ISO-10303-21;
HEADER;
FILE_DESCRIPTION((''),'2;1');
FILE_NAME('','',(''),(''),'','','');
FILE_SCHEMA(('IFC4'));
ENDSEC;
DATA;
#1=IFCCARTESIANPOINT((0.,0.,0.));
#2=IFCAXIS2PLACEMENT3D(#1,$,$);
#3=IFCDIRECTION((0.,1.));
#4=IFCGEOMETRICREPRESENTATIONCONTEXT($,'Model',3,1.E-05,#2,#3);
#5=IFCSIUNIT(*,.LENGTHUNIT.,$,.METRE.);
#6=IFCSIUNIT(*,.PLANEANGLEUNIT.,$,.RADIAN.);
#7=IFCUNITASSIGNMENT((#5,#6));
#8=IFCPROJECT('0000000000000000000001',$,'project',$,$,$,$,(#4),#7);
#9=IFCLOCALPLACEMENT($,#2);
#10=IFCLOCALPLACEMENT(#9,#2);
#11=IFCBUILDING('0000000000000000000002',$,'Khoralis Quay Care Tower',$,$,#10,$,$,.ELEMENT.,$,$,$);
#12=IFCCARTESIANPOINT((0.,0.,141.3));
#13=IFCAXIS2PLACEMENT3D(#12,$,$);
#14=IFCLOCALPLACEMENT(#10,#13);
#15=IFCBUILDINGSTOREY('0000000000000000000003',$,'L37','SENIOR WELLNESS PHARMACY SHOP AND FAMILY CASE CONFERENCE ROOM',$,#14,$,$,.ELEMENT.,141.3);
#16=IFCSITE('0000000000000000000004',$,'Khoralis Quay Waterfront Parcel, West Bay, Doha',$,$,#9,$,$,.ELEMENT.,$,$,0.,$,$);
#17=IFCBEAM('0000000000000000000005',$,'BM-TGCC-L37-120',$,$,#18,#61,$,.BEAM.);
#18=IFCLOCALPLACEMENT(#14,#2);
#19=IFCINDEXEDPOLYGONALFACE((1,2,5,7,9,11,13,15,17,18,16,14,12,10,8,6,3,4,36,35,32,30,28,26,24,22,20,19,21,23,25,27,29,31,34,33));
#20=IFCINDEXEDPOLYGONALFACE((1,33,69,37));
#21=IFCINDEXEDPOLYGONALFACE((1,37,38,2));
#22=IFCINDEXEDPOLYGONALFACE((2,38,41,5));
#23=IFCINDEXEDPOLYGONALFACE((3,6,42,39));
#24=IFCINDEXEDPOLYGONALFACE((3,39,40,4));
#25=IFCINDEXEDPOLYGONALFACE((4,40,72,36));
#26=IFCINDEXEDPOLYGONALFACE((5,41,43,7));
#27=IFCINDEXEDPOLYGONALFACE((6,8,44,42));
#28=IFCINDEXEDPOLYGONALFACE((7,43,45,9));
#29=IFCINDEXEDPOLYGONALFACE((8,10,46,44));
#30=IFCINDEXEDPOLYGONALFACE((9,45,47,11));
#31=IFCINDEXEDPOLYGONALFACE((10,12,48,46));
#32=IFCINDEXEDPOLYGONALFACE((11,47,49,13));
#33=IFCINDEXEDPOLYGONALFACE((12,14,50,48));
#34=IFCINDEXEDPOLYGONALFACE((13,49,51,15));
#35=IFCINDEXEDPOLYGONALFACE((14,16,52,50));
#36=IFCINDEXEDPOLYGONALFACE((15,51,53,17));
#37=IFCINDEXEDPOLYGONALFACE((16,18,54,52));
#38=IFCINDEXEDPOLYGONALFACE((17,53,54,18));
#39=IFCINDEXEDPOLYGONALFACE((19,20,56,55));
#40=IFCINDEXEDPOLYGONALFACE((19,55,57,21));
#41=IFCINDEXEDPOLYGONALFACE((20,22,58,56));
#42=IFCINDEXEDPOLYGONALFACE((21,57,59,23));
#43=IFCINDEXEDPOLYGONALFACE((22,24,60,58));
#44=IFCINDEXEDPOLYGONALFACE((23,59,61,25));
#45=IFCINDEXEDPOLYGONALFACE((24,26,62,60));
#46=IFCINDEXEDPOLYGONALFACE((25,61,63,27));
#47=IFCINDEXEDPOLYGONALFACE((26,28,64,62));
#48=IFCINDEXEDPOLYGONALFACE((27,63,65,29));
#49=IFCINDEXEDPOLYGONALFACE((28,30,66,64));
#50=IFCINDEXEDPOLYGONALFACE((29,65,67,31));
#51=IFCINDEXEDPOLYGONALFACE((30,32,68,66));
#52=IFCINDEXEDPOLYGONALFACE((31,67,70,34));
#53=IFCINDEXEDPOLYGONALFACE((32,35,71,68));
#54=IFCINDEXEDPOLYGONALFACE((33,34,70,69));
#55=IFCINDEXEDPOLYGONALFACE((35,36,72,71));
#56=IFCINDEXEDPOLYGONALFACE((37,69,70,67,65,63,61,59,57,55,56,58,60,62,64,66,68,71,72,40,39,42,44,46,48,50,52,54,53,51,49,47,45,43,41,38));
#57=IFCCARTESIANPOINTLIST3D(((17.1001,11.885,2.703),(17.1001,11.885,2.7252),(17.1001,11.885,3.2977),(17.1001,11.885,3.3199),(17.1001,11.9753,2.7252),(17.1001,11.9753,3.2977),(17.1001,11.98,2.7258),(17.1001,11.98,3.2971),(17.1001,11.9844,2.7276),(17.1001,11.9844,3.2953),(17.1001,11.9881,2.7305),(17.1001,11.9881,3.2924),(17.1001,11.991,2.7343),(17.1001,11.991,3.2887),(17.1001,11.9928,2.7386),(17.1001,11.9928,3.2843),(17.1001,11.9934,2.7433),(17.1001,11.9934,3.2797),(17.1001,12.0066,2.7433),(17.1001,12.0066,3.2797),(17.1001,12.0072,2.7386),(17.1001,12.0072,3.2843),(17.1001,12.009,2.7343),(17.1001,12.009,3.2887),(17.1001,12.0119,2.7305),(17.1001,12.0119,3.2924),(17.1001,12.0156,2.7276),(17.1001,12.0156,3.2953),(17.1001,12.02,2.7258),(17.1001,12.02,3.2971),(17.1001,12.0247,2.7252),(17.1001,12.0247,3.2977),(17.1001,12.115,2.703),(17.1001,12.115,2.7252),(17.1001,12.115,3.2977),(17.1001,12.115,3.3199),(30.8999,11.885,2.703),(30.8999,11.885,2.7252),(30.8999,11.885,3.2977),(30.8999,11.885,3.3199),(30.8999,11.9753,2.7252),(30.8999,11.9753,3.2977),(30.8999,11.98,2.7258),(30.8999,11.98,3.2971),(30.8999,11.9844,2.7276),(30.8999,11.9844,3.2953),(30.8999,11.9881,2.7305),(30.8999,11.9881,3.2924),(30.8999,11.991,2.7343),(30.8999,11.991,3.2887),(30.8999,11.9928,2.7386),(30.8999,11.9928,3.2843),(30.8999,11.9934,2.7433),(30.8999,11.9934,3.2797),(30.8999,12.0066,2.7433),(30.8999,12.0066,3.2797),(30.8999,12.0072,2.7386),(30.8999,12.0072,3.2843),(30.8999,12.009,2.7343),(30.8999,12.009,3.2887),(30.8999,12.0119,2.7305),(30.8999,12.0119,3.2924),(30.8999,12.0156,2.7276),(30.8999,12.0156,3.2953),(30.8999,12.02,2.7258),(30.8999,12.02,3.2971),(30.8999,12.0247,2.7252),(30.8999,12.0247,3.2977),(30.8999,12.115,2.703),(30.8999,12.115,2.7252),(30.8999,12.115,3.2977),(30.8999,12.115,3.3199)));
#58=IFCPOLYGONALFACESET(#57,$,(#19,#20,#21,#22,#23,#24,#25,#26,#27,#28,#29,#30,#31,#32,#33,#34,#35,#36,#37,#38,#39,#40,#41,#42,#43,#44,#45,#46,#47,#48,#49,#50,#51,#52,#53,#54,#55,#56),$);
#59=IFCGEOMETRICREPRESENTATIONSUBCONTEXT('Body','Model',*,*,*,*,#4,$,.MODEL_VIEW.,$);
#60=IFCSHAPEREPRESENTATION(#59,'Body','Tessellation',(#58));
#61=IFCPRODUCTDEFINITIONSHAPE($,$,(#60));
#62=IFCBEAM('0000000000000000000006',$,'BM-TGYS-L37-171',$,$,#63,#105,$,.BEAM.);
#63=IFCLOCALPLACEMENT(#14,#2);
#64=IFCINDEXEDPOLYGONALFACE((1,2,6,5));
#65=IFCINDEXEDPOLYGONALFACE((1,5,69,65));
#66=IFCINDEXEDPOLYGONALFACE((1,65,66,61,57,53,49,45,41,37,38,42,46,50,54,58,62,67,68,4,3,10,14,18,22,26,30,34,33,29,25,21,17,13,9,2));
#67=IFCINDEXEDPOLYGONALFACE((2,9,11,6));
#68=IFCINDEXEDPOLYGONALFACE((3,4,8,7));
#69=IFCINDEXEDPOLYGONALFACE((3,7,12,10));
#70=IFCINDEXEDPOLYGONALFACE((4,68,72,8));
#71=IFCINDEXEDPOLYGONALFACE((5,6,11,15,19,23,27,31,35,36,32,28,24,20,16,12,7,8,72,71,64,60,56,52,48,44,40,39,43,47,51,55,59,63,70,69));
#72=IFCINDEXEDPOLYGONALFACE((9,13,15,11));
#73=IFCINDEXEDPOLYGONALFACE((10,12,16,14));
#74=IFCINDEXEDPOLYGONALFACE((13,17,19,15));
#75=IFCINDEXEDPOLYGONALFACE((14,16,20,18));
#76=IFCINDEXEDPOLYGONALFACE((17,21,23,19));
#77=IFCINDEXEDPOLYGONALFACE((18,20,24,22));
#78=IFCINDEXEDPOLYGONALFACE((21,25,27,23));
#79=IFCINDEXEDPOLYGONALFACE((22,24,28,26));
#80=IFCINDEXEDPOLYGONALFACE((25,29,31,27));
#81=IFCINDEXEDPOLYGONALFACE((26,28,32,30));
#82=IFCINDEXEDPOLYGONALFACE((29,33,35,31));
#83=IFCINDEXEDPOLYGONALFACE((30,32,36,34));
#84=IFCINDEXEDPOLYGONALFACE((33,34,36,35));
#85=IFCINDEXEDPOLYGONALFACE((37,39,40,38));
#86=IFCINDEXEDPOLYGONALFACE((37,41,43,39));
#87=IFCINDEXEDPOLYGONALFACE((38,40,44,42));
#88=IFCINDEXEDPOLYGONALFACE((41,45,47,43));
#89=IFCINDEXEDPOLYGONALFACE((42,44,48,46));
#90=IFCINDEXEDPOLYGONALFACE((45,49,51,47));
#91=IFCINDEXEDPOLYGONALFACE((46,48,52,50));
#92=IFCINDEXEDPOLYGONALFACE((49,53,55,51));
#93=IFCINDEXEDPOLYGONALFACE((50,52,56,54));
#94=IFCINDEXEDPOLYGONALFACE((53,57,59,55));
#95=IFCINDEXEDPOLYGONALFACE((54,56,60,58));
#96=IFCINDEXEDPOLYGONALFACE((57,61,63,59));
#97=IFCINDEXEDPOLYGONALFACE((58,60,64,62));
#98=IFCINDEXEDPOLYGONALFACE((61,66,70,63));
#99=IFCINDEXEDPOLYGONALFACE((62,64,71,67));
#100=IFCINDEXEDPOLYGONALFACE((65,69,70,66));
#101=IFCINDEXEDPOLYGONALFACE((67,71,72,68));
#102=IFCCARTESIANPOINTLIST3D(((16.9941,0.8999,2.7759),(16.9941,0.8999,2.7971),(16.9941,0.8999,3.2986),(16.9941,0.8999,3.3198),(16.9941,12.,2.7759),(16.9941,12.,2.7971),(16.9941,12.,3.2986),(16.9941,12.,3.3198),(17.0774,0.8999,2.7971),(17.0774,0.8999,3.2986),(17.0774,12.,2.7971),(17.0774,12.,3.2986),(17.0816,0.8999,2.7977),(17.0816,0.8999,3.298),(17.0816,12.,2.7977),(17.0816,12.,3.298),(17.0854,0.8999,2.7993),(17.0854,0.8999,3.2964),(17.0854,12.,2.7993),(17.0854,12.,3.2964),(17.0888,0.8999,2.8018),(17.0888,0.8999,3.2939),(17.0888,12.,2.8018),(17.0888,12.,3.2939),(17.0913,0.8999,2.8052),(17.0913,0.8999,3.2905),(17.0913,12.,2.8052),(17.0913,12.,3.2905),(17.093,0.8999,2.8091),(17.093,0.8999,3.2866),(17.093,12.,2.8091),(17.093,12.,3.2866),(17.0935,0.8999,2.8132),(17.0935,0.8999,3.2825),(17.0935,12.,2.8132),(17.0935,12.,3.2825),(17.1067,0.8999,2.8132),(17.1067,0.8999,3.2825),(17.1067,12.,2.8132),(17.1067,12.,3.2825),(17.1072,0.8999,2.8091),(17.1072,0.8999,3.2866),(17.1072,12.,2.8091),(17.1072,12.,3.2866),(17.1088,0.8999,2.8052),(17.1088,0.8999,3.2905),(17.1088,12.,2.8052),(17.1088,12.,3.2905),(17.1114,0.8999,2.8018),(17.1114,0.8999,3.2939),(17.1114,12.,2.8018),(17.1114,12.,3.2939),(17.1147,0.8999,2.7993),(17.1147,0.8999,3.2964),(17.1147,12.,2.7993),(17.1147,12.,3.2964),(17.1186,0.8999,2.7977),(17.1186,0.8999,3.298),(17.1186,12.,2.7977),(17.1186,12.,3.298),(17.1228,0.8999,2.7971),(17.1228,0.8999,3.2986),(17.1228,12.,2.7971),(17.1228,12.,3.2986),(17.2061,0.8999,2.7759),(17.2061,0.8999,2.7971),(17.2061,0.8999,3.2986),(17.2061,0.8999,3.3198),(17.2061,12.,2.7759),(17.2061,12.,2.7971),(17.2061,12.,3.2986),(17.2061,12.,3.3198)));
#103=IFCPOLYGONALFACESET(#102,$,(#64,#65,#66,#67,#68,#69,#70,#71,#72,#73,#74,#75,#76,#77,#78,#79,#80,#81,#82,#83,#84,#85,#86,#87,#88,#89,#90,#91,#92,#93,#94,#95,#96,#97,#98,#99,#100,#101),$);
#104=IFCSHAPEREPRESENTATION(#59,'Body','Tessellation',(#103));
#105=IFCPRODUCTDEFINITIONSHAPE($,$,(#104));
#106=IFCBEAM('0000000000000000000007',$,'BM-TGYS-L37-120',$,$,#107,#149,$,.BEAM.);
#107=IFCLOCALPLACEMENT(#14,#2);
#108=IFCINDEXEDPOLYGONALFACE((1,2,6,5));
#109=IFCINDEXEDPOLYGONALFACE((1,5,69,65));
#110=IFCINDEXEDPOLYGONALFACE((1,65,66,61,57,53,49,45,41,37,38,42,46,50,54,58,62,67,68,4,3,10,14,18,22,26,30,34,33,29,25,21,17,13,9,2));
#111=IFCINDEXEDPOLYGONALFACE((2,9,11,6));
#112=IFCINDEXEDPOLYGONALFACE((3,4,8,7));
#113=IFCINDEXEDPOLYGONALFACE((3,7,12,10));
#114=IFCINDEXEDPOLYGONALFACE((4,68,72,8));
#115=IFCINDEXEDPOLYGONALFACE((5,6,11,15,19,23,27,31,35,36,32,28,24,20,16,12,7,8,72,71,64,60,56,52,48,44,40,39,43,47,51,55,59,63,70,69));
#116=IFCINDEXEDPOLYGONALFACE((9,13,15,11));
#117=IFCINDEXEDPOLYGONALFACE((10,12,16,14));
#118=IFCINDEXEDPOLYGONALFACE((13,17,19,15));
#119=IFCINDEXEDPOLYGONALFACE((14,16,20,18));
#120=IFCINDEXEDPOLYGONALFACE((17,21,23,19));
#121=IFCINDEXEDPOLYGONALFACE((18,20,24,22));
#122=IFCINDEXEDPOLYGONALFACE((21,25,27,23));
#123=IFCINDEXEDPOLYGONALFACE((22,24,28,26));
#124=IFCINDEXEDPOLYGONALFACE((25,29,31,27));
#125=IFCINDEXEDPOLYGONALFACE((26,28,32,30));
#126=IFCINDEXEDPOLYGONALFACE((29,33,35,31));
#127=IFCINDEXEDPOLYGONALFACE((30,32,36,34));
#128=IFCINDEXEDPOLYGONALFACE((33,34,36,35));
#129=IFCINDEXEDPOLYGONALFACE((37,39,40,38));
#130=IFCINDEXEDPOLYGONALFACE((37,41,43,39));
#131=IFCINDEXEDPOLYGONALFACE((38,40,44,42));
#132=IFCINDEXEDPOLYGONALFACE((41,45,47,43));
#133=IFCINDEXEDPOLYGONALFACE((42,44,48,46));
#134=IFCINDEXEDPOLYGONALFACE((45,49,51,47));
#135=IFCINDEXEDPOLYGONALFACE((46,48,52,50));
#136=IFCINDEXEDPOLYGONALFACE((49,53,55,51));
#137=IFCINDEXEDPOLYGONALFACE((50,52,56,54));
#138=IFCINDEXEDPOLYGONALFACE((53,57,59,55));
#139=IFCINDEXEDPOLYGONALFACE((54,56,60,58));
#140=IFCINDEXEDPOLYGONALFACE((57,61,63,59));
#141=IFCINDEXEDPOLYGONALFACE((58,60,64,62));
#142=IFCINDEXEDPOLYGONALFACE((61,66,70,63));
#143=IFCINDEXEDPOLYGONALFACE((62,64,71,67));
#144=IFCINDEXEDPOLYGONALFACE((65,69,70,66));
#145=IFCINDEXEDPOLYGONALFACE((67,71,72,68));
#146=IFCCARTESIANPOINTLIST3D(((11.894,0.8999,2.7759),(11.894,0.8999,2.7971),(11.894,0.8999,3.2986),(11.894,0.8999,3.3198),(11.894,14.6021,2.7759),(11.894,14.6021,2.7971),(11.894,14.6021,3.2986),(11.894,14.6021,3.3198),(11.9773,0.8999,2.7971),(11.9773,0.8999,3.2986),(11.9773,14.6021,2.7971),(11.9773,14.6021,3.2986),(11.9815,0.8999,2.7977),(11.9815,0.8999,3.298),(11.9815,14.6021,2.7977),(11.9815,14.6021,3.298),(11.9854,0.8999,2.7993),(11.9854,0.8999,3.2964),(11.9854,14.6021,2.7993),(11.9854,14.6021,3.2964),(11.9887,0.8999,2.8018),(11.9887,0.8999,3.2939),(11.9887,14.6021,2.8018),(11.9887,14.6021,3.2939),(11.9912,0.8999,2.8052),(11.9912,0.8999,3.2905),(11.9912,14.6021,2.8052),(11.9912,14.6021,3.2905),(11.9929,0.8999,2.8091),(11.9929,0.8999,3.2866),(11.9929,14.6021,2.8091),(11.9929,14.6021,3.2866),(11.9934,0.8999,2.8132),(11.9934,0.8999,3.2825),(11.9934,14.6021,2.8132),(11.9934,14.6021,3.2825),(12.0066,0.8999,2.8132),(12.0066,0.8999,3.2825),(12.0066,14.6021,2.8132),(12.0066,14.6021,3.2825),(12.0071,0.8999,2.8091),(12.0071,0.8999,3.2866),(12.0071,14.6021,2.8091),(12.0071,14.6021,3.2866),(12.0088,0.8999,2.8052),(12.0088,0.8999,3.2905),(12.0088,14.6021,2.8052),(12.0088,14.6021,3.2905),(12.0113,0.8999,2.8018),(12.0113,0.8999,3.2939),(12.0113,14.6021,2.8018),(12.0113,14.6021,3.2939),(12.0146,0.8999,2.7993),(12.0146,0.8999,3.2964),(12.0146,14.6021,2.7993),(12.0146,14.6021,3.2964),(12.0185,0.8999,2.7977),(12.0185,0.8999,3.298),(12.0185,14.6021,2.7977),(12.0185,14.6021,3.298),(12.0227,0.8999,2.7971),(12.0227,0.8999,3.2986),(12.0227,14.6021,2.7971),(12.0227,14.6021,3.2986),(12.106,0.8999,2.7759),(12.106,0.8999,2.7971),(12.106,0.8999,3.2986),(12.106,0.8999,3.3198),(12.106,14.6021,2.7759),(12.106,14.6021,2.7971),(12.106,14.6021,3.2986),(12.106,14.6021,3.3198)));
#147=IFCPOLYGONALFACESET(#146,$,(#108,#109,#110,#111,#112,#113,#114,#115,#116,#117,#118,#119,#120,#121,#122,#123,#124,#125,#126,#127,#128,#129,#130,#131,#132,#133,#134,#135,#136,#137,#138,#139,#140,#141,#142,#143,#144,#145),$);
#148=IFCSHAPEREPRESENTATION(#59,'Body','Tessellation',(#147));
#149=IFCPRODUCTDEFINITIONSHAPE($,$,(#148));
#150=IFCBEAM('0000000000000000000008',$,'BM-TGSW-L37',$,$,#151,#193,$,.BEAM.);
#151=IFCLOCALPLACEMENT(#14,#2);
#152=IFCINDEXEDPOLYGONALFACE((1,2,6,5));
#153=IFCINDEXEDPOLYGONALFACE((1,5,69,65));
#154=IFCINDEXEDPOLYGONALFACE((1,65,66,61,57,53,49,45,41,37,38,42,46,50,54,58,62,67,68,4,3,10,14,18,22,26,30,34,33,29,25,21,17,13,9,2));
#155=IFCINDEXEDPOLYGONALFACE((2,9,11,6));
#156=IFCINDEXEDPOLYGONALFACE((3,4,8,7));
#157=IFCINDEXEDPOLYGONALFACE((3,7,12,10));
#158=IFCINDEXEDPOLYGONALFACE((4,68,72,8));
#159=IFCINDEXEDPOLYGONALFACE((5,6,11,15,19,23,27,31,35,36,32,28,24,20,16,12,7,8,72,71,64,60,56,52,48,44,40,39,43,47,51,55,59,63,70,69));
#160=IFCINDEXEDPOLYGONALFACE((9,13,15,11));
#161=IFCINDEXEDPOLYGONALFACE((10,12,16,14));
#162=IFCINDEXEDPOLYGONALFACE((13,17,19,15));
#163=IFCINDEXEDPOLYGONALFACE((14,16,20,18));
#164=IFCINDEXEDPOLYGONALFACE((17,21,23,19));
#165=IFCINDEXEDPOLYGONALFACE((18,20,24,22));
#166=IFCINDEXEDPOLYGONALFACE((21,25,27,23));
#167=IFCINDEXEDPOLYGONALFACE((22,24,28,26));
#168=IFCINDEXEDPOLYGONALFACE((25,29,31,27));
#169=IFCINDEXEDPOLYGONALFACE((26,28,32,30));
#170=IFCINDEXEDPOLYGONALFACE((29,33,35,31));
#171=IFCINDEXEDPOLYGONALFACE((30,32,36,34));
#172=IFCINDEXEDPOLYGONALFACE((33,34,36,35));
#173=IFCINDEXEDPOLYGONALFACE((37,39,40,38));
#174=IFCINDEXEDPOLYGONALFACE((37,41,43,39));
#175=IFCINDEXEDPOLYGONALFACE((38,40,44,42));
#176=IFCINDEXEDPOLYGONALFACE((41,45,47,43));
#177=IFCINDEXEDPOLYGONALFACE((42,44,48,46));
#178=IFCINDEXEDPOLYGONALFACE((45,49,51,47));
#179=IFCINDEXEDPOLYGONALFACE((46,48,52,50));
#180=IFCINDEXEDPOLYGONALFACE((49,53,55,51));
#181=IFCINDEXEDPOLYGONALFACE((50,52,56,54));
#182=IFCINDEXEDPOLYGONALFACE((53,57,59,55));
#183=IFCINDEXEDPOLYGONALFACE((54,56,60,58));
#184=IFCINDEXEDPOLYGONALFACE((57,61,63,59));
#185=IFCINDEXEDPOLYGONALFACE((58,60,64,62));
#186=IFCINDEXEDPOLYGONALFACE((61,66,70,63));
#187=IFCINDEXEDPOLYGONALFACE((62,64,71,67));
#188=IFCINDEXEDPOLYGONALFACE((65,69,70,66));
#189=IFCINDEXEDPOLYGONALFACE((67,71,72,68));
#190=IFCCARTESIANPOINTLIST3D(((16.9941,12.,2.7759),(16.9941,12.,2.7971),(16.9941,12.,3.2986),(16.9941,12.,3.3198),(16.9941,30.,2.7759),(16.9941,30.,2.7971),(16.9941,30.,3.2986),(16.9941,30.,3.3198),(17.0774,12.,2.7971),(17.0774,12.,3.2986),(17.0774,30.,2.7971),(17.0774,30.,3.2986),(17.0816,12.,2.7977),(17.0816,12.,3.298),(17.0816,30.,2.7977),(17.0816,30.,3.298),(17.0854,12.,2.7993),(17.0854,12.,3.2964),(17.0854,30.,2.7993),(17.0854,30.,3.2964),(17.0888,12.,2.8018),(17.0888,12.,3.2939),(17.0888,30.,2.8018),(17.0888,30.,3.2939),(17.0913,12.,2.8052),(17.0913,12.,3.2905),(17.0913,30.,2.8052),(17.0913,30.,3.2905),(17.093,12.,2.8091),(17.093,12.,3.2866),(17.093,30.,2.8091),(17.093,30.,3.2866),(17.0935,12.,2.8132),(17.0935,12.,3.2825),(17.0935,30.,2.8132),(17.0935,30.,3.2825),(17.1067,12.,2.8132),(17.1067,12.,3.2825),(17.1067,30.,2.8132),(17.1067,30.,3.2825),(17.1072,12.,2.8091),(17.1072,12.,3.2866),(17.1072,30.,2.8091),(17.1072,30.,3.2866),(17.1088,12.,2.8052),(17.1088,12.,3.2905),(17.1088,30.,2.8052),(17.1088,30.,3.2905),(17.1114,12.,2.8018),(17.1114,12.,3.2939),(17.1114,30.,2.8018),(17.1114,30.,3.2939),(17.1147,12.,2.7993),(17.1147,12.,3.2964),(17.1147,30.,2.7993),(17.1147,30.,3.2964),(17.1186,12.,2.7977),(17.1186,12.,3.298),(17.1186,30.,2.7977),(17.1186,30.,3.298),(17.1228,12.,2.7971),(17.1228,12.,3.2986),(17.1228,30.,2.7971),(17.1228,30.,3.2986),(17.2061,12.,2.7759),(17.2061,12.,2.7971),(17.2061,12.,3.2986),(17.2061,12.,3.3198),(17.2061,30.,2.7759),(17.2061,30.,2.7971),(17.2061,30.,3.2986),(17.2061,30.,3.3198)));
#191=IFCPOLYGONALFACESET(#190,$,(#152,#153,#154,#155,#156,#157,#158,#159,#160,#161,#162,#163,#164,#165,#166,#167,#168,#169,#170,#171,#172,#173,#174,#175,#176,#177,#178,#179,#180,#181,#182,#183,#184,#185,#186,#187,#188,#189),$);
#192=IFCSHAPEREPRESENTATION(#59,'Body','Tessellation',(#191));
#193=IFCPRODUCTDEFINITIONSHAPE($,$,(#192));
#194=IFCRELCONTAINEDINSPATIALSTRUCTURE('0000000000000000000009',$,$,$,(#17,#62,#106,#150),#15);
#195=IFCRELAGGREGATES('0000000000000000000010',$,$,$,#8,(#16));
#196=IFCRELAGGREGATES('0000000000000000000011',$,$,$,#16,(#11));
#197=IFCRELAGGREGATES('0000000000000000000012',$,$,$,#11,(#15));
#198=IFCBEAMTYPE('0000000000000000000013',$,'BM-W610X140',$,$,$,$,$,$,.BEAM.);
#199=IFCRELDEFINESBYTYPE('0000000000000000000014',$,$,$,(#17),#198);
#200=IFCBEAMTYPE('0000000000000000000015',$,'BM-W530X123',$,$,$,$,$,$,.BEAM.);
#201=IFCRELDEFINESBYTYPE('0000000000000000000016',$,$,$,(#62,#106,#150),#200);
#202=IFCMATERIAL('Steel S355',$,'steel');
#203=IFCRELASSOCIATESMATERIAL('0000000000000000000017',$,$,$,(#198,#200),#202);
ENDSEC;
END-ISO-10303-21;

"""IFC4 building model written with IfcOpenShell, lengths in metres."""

from ifc_helpers import new_model, si_unit, direction, frame, origin, origin_2d, place, context, subcontext, project, spatial, i_section, extrude, source, transform, mapped, material, material_profile, profile_set, type_object, element, save


model = new_model("IFC4")

# Units and contexts
model_context = context("Model", 3, precision=1e-05, world=origin(), true_north=direction((0.0, 1.0)))
body_context = subcontext(model_context, "Body", "Model", "MODEL_VIEW")
ifc_project = project(units=[si_unit("LENGTHUNIT", "METRE"), si_unit("PLANEANGLEUNIT", "RADIAN")], contexts=[model_context])

# Site, building, storey
site_placement = place(None, origin())
site = spatial("IfcSite", under=ifc_project, at=site_placement, Name="Khoralis Quay Waterfront Parcel, West Bay, Doha", CompositionType="ELEMENT", RefElevation=0.0)
building_placement = place(site_placement, origin())
building = spatial("IfcBuilding", under=site, at=building_placement, Name="Khoralis Quay Care Tower", CompositionType="ELEMENT")
storey_placement = place(building_placement, frame((0.0, 0.0, 141.3)))
storey = spatial("IfcBuildingStorey", under=building, at=storey_placement, Name="L37", Description="SENIOR WELLNESS PHARMACY SHOP AND FAMILY CASE CONFERENCE ROOM", CompositionType="ELEMENT", Elevation=141.3)

# Beams
ifc_material_1 = material(Name="Steel S355", Category="steel")
ifc_material_profile_1 = material_profile(ifc_material_1, i_section(OverallWidth=0.23, OverallDepth=0.6169, WebThickness=0.0132, FlangeThickness=0.0222, FilletRadius=0.0181, at=origin_2d()), Name="Steel S355")
ifc_profile_set_1 = profile_set([ifc_material_profile_1], Name="Steel S355")
beam_type_1 = type_object("IfcBeamType", Name="BM-W610X140", PredefinedType="BEAM", material=ifc_profile_set_1)
shared_shape_1 = source(origin(), body_context, "Body", "SweptSolid", [
    extrude(i_section(OverallWidth=0.23, OverallDepth=0.6169, WebThickness=0.0132, FlangeThickness=0.0222, FilletRadius=0.0181, at=origin_2d()), origin(), (0.0, 0.0, 1.0), 13.7998),
])
beam_1_placement = place(storey_placement, frame((17.1001, 12.0, 3.0115), z_axis=(1.0, 0.0, 0.0), x_axis=(0.0, 1.0, 0.0)))
element("IfcBeam", 1, at=beam_1_placement, inside=storey, type_object=beam_type_1, Name="BM-TGCC-L37-120", PredefinedType="BEAM", context=body_context, shape_type="MappedRepresentation", body=[
    mapped(shared_shape_1, transform((0.0, 0.0, 0.0), scale=1.0)),
])
ifc_material_profile_2 = material_profile(ifc_material_1, i_section(OverallWidth=0.2119, OverallDepth=0.5439, WebThickness=0.0132, FlangeThickness=0.0212, FilletRadius=0.0161, at=origin_2d()), Name="Steel S355")
ifc_profile_set_2 = profile_set([ifc_material_profile_2], Name="Steel S355")
beam_type_2 = type_object("IfcBeamType", Name="BM-W530X123", PredefinedType="BEAM", material=ifc_profile_set_2)
shared_shape_2 = source(origin(), body_context, "Body", "SweptSolid", [
    extrude(i_section(OverallWidth=0.2119, OverallDepth=0.5439, WebThickness=0.0132, FlangeThickness=0.0212, FilletRadius=0.0161, at=origin_2d()), origin(), (0.0, 0.0, 1.0), 11.1001),
])
beam_2_placement = place(storey_placement, frame((17.1001, 0.8999, 3.0479), z_axis=(0.0, 1.0, 0.0), x_axis=(-1.0, 0.0, 0.0)))
element("IfcBeam", 2, at=beam_2_placement, inside=storey, type_object=beam_type_2, Name="BM-TGYS-L37-171", PredefinedType="BEAM", context=body_context, shape_type="MappedRepresentation", body=[
    mapped(shared_shape_2, transform((0.0, 0.0, 0.0), scale=1.0)),
])
shared_shape_3 = source(origin(), body_context, "Body", "SweptSolid", [
    extrude(i_section(OverallWidth=0.2119, OverallDepth=0.5439, WebThickness=0.0132, FlangeThickness=0.0212, FilletRadius=0.0161, at=origin_2d()), origin(), (0.0, 0.0, 1.0), 13.7021),
])
beam_3_placement = place(storey_placement, frame((12.0, 0.8999, 3.0479), z_axis=(0.0, 1.0, 0.0), x_axis=(-1.0, 0.0, 0.0)))
element("IfcBeam", 3, at=beam_3_placement, inside=storey, type_object=beam_type_2, Name="BM-TGYS-L37-120", PredefinedType="BEAM", context=body_context, shape_type="MappedRepresentation", body=[
    mapped(shared_shape_3, transform((0.0, 0.0, 0.0), scale=1.0)),
])
shared_shape_4 = source(origin(), body_context, "Body", "SweptSolid", [
    extrude(i_section(OverallWidth=0.2119, OverallDepth=0.5439, WebThickness=0.0132, FlangeThickness=0.0212, FilletRadius=0.0161, at=origin_2d()), origin(), (0.0, 0.0, 1.0), 18.0),
])
beam_4_placement = place(storey_placement, frame((17.1001, 12.0, 3.0479), z_axis=(0.0, 1.0, 0.0), x_axis=(-1.0, 0.0, 0.0)))
element("IfcBeam", 4, at=beam_4_placement, inside=storey, type_object=beam_type_2, Name="BM-TGSW-L37", PredefinedType="BEAM", context=body_context, shape_type="MappedRepresentation", body=[
    mapped(shared_shape_4, transform((0.0, 0.0, 0.0), scale=1.0)),
])

save(model, "model.ifc")
